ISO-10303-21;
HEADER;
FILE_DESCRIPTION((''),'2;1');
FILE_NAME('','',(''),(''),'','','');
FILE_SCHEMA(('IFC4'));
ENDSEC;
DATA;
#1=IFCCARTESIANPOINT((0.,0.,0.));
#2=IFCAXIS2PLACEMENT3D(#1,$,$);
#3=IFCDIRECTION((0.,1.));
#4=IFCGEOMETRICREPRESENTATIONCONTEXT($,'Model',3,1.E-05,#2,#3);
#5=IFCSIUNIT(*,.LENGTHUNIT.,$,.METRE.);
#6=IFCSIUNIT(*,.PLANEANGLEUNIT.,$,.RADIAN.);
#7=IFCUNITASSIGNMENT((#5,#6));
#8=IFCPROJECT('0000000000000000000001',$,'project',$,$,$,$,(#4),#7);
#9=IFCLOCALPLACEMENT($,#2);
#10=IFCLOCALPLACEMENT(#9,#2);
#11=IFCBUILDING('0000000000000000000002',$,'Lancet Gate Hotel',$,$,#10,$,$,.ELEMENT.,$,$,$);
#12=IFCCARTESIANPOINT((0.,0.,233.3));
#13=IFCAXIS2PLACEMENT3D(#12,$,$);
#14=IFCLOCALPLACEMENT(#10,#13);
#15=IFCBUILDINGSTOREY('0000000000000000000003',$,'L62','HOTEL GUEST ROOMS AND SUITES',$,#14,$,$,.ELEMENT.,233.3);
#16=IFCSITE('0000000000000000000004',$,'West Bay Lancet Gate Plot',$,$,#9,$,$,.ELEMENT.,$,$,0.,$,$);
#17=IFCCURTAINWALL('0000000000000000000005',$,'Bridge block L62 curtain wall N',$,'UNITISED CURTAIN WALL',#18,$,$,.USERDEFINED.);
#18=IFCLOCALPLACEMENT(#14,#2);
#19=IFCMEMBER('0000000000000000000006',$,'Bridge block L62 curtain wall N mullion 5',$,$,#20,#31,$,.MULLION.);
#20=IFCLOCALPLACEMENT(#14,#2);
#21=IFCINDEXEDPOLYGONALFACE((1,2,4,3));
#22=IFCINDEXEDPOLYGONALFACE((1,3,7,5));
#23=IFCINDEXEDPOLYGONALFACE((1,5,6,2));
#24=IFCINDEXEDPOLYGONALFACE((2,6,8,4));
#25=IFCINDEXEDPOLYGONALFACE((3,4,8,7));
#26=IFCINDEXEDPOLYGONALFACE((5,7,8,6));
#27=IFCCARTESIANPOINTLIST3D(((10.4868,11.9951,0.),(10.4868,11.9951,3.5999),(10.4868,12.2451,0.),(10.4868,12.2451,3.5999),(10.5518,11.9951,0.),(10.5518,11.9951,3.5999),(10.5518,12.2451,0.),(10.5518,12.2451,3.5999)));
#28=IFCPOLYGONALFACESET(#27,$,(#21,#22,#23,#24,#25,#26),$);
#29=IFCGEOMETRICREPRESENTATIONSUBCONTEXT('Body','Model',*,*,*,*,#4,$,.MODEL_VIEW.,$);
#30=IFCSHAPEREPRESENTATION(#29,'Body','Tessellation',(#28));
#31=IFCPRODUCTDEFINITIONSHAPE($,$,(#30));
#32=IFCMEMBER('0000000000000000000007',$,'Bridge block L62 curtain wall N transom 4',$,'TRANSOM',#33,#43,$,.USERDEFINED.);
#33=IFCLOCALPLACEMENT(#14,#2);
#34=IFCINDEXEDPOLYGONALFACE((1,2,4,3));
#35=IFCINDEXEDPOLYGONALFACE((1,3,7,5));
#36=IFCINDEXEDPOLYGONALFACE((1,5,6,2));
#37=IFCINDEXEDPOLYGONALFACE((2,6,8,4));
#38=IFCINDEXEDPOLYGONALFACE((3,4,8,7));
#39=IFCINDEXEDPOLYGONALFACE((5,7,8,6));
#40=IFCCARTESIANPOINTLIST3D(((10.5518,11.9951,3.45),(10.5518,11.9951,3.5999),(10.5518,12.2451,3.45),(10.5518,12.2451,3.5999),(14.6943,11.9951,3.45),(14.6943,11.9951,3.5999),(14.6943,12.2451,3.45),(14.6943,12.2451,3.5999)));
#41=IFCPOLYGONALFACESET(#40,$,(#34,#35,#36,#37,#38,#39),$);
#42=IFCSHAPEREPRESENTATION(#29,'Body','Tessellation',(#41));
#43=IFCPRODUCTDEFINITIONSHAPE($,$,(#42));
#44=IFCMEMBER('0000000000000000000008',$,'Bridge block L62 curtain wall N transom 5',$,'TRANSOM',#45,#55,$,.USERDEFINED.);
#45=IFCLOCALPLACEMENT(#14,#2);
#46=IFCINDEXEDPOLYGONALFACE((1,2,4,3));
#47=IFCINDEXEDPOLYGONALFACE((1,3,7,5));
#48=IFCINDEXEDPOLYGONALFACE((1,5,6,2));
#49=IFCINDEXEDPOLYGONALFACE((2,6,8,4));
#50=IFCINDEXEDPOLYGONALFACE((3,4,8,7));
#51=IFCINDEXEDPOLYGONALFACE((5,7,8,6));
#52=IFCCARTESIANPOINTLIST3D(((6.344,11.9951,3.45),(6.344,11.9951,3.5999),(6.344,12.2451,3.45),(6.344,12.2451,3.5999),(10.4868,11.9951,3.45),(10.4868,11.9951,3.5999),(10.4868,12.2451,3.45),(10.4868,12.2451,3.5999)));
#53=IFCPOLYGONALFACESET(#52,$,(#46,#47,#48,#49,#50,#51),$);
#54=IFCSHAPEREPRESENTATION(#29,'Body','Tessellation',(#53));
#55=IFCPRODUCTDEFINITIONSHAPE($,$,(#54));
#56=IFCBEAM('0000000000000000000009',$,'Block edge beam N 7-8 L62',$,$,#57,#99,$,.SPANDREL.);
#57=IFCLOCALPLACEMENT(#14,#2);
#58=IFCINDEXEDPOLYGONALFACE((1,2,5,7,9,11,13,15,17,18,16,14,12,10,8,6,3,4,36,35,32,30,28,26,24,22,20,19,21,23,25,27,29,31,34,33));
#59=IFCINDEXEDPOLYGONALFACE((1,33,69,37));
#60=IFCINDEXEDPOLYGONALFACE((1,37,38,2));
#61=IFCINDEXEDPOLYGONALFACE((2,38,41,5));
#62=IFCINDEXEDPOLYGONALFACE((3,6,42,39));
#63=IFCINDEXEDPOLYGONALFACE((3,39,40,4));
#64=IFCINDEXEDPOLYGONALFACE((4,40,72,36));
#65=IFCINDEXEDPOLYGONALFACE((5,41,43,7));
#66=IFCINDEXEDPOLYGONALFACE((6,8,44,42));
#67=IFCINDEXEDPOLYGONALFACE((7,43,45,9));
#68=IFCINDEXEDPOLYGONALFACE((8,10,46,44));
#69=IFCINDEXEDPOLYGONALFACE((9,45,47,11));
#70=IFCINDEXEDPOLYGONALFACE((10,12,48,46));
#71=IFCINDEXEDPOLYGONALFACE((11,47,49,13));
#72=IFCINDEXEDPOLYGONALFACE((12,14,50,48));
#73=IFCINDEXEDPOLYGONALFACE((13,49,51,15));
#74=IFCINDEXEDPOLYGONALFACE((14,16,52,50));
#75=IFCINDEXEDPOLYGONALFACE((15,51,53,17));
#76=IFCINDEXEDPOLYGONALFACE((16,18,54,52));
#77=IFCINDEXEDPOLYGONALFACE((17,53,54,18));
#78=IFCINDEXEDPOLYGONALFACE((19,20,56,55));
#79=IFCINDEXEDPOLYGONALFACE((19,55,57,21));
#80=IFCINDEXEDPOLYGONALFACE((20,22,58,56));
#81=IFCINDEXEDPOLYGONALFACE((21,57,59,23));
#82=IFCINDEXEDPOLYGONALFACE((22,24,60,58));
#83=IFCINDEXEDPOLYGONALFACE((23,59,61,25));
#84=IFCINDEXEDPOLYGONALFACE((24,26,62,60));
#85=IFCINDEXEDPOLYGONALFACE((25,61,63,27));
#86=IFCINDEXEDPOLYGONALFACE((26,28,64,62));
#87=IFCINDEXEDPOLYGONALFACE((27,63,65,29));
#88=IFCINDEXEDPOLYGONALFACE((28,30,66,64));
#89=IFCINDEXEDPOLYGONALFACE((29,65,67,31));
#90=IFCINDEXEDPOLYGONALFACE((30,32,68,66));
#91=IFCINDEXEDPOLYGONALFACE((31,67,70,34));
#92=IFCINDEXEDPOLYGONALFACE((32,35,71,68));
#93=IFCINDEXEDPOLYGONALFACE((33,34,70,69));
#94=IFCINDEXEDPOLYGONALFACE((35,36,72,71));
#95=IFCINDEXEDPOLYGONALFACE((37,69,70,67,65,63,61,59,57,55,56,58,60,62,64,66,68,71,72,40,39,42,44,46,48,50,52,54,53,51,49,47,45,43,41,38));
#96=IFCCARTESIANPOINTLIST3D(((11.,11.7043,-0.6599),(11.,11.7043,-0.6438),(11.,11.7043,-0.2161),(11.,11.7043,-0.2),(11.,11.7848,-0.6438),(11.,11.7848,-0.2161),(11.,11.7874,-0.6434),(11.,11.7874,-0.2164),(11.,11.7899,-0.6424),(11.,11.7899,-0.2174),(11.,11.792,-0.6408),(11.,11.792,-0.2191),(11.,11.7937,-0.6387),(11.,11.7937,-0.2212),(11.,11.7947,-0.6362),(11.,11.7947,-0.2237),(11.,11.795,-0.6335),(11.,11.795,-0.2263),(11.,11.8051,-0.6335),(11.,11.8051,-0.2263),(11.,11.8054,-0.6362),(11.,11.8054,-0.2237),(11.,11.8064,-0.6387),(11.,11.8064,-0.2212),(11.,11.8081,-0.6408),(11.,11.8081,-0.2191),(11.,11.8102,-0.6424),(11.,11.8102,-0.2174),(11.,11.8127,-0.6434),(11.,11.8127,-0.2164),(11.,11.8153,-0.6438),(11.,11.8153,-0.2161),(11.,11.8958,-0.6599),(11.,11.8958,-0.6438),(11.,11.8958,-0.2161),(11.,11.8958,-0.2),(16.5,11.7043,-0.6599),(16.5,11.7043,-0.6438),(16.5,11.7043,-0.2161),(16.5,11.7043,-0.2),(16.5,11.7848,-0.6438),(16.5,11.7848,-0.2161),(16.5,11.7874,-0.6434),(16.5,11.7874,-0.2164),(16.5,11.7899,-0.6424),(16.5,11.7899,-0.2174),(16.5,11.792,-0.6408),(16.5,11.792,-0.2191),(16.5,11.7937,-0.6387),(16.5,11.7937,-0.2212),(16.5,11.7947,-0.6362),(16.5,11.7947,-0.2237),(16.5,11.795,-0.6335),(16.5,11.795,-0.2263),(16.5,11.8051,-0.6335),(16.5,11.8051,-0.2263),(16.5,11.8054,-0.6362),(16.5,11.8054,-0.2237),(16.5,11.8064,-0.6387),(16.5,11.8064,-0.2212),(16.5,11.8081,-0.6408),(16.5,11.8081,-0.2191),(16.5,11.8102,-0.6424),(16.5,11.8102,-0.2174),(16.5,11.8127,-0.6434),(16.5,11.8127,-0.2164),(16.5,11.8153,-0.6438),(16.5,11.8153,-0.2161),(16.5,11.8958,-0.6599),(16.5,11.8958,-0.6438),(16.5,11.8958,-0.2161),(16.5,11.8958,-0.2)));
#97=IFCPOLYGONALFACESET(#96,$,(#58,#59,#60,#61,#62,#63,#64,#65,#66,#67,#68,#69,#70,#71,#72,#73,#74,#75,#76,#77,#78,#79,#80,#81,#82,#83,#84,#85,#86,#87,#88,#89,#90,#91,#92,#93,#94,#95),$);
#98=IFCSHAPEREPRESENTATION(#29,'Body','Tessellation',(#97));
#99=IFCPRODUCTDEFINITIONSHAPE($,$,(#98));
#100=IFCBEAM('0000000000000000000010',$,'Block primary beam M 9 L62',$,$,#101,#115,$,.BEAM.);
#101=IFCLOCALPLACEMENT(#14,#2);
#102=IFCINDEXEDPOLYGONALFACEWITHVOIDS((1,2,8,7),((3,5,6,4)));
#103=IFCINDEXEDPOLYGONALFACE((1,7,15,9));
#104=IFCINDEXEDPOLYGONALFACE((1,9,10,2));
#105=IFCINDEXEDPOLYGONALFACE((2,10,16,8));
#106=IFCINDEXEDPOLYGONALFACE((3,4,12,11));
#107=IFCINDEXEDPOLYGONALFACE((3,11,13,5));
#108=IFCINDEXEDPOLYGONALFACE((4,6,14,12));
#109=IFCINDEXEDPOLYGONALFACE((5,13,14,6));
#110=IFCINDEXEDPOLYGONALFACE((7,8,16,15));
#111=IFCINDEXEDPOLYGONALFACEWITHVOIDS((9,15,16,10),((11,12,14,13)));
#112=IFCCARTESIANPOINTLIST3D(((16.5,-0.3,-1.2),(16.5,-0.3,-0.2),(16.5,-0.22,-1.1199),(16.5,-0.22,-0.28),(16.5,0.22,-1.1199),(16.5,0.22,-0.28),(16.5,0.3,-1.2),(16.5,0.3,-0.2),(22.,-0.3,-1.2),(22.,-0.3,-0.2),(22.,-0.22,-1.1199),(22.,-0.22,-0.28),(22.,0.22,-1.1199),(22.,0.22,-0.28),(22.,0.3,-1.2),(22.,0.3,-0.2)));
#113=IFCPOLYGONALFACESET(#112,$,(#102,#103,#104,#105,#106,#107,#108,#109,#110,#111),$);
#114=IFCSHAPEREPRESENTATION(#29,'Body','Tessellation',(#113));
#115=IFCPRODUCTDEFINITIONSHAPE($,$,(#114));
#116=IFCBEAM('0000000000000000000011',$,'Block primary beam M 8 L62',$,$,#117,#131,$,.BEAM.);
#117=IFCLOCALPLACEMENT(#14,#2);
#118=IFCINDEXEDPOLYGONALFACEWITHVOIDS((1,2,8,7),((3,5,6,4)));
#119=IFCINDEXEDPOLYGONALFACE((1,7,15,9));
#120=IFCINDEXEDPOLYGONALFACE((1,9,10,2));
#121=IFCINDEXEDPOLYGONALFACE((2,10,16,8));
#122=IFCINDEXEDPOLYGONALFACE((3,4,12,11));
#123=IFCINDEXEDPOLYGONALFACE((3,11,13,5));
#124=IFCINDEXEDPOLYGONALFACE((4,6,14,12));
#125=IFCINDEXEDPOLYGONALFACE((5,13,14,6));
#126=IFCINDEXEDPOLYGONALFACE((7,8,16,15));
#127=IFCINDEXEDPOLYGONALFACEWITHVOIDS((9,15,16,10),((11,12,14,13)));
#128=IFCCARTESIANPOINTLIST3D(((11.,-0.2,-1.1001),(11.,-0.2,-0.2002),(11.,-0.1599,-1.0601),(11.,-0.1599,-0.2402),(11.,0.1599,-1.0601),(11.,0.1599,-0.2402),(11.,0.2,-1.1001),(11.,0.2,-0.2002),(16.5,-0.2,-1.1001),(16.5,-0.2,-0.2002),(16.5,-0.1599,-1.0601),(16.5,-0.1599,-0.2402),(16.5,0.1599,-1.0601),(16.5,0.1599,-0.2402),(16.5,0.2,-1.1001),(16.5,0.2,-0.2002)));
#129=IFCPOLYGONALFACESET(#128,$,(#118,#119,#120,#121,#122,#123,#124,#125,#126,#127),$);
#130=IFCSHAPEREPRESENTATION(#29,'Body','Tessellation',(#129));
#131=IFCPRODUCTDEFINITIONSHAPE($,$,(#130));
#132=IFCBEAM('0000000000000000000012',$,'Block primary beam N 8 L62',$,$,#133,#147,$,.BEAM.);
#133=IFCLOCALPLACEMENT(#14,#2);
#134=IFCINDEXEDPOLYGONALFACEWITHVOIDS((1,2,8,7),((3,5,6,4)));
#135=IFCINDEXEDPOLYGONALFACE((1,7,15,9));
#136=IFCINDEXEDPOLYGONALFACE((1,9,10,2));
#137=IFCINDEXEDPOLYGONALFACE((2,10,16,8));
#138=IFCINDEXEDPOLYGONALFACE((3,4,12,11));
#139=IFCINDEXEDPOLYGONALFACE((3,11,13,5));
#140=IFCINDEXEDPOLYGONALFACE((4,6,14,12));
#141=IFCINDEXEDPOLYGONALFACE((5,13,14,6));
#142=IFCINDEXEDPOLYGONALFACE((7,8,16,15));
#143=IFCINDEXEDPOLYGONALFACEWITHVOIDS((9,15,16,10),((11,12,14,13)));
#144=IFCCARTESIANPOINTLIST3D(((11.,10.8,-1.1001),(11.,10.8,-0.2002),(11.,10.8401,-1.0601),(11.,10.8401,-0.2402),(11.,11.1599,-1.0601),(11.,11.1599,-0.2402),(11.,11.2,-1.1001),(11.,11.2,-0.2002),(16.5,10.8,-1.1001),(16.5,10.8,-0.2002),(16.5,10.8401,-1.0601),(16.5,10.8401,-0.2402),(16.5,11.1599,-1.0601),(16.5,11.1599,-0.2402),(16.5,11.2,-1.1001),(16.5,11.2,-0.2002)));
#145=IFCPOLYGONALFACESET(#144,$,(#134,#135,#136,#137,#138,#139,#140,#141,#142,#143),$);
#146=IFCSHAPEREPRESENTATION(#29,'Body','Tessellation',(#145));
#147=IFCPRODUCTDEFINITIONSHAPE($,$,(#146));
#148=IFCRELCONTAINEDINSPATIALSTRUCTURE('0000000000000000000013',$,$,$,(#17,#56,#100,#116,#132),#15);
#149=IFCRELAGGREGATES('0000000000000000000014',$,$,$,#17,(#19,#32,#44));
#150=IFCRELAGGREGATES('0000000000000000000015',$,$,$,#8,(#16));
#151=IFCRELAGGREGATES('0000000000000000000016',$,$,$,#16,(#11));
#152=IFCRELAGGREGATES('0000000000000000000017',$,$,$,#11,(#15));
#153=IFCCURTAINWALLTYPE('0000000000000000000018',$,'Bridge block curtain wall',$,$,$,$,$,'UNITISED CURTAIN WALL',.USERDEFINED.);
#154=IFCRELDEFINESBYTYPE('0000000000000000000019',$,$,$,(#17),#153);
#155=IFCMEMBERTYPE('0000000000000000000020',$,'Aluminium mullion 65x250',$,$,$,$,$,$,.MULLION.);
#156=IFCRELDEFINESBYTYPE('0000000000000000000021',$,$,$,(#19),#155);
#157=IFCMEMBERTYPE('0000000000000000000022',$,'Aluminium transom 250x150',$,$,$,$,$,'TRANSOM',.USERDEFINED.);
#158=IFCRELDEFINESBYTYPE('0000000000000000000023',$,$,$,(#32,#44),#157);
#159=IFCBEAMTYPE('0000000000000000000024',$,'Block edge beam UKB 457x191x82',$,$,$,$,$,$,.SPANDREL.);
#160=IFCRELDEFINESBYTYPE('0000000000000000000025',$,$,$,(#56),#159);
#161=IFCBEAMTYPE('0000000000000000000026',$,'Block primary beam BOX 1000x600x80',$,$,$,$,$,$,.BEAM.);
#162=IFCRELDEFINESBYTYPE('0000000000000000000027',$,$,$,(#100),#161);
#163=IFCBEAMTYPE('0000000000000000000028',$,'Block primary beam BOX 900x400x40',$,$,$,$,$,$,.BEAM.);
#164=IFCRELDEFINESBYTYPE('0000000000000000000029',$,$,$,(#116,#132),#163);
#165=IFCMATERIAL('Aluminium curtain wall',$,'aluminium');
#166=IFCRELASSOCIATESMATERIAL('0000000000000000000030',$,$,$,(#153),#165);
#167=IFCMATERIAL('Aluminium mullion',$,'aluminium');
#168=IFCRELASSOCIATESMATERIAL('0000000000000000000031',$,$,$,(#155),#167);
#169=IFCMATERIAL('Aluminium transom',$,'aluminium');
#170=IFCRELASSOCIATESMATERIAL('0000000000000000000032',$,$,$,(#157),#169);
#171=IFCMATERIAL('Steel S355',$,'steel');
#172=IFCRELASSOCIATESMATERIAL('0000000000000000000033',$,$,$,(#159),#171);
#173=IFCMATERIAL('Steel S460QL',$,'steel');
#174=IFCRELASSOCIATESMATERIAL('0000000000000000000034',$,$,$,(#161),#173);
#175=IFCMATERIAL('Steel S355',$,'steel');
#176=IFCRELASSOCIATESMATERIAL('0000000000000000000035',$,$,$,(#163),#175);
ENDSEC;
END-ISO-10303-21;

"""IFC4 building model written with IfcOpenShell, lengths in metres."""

from ifc_helpers import new_model, si_unit, direction, frame, origin, origin_2d, place, context, subcontext, project, spatial, rectangle, hollow_rectangle, i_section, extrude, material, material_profile, profile_set, type_object, element, aggregate, save


model = new_model("IFC4")

# Units and contexts
model_context = context("Model", 3, precision=1e-05, world=origin(), true_north=direction((0.0, 1.0)))
body_context = subcontext(model_context, "Body", "Model", "MODEL_VIEW")
ifc_project = project(units=[si_unit("LENGTHUNIT", "METRE"), si_unit("PLANEANGLEUNIT", "RADIAN")], contexts=[model_context])

# Site, building, storey
site_placement = place(None, origin())
site = spatial("IfcSite", under=ifc_project, at=site_placement, Name="West Bay Lancet Gate Plot", CompositionType="ELEMENT", RefElevation=0.0)
building_placement = place(site_placement, origin())
building = spatial("IfcBuilding", under=site, at=building_placement, Name="Lancet Gate Hotel", CompositionType="ELEMENT")
storey_placement = place(building_placement, frame((0.0, 0.0, 233.3)))
storey = spatial("IfcBuildingStorey", under=building, at=storey_placement, Name="L62", Description="HOTEL GUEST ROOMS AND SUITES", CompositionType="ELEMENT", Elevation=233.3)

# Curtain wall, members
ifc_material_1 = material(Name="Aluminium curtain wall", Category="aluminium")
curtain_wall_type = type_object("IfcCurtainWallType", Name="Bridge block curtain wall", ElementType="UNITISED CURTAIN WALL", PredefinedType="USERDEFINED", material=ifc_material_1)
curtain_wall_placement = place(storey_placement, origin())
curtain_wall = element("IfcCurtainWall", 1, at=curtain_wall_placement, inside=storey, type_object=curtain_wall_type, Name="Bridge block L62 curtain wall N", ObjectType="UNITISED CURTAIN WALL", PredefinedType="USERDEFINED")
ifc_material_2 = material(Name="Aluminium mullion", Category="aluminium")
ifc_material_profile_1 = material_profile(ifc_material_2, rectangle(XDim=0.0649, YDim=0.25, at=origin_2d()), Name="MULLION 65x250")
ifc_profile_set_1 = profile_set([ifc_material_profile_1], Name="Aluminium mullion")
member_type_1 = type_object("IfcMemberType", Name="Aluminium mullion 65x250", PredefinedType="MULLION", material=ifc_profile_set_1)
member_1_placement = place(storey_placement, frame((10.5193, 12.1201, 0.0), z_axis=(0.0, 0.0, 1.0), x_axis=(-1.0, 0.0, 0.0)))
member_1 = element("IfcMember", 2, at=member_1_placement, type_object=member_type_1, Name="Bridge block L62 curtain wall N mullion 5", PredefinedType="MULLION", context=body_context, shape_type="SweptSolid", body=[
    extrude(rectangle(XDim=0.0649, YDim=0.25, at=origin_2d()), origin(), (0.0, 0.0, 1.0), 3.5999),
])
ifc_material_3 = material(Name="Aluminium transom", Category="aluminium")
ifc_material_profile_2 = material_profile(ifc_material_3, rectangle(XDim=0.25, YDim=0.1499, at=origin_2d()), Name="TRANSOM 250x150")
ifc_profile_set_2 = profile_set([ifc_material_profile_2], Name="Aluminium transom")
member_type_2 = type_object("IfcMemberType", Name="Aluminium transom 250x150", ElementType="TRANSOM", PredefinedType="USERDEFINED", material=ifc_profile_set_2)
member_2_placement = place(storey_placement, frame((14.6943, 12.1201, 3.5249), z_axis=(-1.0, 0.0, 0.0), x_axis=(0.0, -1.0, 0.0)))
member_2 = element("IfcMember", 3, at=member_2_placement, type_object=member_type_2, Name="Bridge block L62 curtain wall N transom 4", ObjectType="TRANSOM", PredefinedType="USERDEFINED", context=body_context, shape_type="SweptSolid", body=[
    extrude(rectangle(XDim=0.25, YDim=0.1499, at=origin_2d()), origin(), (0.0, 0.0, 1.0), 4.1426),
])
member_3_placement = place(storey_placement, frame((10.4868, 12.1201, 3.5249), z_axis=(-1.0, 0.0, 0.0), x_axis=(0.0, -1.0, 0.0)))
member_3 = element("IfcMember", 4, at=member_3_placement, type_object=member_type_2, Name="Bridge block L62 curtain wall N transom 5", ObjectType="TRANSOM", PredefinedType="USERDEFINED", context=body_context, shape_type="SweptSolid", body=[
    extrude(rectangle(XDim=0.25, YDim=0.1499, at=origin_2d()), origin(), (0.0, 0.0, 1.0), 4.1428),
])

# Beams
ifc_material_4 = material(Name="Steel S355", Category="steel")
ifc_material_profile_3 = material_profile(ifc_material_4, i_section(OverallWidth=0.1914, OverallDepth=0.46, WebThickness=0.01, FlangeThickness=0.0161, FilletRadius=0.0103, at=origin_2d()), Name="UKB 457x191x82")
ifc_profile_set_3 = profile_set([ifc_material_profile_3], Name="Steel S355")
beam_type_1 = type_object("IfcBeamType", Name="Block edge beam UKB 457x191x82", PredefinedType="SPANDREL", material=ifc_profile_set_3)
beam_1_placement = place(storey_placement, frame((11.0, 11.8, -0.4299), z_axis=(1.0, 0.0, 0.0), x_axis=(0.0, 1.0, 0.0)))
element("IfcBeam", 5, at=beam_1_placement, inside=storey, type_object=beam_type_1, Name="Block edge beam N 7-8 L62", PredefinedType="SPANDREL", context=body_context, shape_type="SweptSolid", body=[
    extrude(i_section(OverallWidth=0.1914, OverallDepth=0.46, WebThickness=0.01, FlangeThickness=0.0161, FilletRadius=0.0103, at=origin_2d()), origin(), (0.0, 0.0, 1.0), 5.5),
])
ifc_material_5 = material(Name="Steel S460QL", Category="steel")
ifc_material_profile_4 = material_profile(ifc_material_5, hollow_rectangle(XDim=0.6001, YDim=1.0, WallThickness=0.0801, at=origin_2d()), Name="BOX 1000x600x80")
ifc_profile_set_4 = profile_set([ifc_material_profile_4], Name="Steel S460QL")
beam_type_2 = type_object("IfcBeamType", Name="Block primary beam BOX 1000x600x80", PredefinedType="BEAM", material=ifc_profile_set_4)
beam_2_placement = place(storey_placement, frame((16.5, 0.0, -0.7), z_axis=(1.0, 0.0, 0.0), x_axis=(0.0, 1.0, 0.0)))
element("IfcBeam", 6, at=beam_2_placement, inside=storey, type_object=beam_type_2, Name="Block primary beam M 9 L62", PredefinedType="BEAM", context=body_context, shape_type="SweptSolid", body=[
    extrude(hollow_rectangle(XDim=0.6001, YDim=1.0, WallThickness=0.0801, at=origin_2d()), origin(), (0.0, 0.0, 1.0), 5.5),
])
ifc_material_6 = material(Name="Steel S355", Category="steel")
ifc_material_profile_5 = material_profile(ifc_material_6, hollow_rectangle(XDim=0.3999, YDim=0.8999, WallThickness=0.04, at=origin_2d()), Name="BOX 900x400x40")
ifc_profile_set_5 = profile_set([ifc_material_profile_5], Name="Steel S355")
beam_type_3 = type_object("IfcBeamType", Name="Block primary beam BOX 900x400x40", PredefinedType="BEAM", material=ifc_profile_set_5)
for number, where, z_axis, x_axis, name in (
    (7, (11.0, 0.0, -0.6501), (1.0, 0.0, 0.0), (0.0, 1.0, 0.0), "Block primary beam M 8 L62"),
    (8, (11.0, 11.0, -0.6501), (1.0, 0.0, 0.0), (0.0, 1.0, 0.0), "Block primary beam N 8 L62"),
):
    element("IfcBeam", number, at=place(storey_placement, frame(where, z_axis=z_axis, x_axis=x_axis)), inside=storey, type_object=beam_type_3, Name=name, PredefinedType="BEAM", context=body_context, shape_type="SweptSolid", body=[
        extrude(hollow_rectangle(XDim=0.3999, YDim=0.8999, WallThickness=0.04, at=origin_2d()), origin(), (0.0, 0.0, 1.0), 5.5),
    ])

aggregate(curtain_wall, [member_1, member_2, member_3])

save(model, "model.ifc")
